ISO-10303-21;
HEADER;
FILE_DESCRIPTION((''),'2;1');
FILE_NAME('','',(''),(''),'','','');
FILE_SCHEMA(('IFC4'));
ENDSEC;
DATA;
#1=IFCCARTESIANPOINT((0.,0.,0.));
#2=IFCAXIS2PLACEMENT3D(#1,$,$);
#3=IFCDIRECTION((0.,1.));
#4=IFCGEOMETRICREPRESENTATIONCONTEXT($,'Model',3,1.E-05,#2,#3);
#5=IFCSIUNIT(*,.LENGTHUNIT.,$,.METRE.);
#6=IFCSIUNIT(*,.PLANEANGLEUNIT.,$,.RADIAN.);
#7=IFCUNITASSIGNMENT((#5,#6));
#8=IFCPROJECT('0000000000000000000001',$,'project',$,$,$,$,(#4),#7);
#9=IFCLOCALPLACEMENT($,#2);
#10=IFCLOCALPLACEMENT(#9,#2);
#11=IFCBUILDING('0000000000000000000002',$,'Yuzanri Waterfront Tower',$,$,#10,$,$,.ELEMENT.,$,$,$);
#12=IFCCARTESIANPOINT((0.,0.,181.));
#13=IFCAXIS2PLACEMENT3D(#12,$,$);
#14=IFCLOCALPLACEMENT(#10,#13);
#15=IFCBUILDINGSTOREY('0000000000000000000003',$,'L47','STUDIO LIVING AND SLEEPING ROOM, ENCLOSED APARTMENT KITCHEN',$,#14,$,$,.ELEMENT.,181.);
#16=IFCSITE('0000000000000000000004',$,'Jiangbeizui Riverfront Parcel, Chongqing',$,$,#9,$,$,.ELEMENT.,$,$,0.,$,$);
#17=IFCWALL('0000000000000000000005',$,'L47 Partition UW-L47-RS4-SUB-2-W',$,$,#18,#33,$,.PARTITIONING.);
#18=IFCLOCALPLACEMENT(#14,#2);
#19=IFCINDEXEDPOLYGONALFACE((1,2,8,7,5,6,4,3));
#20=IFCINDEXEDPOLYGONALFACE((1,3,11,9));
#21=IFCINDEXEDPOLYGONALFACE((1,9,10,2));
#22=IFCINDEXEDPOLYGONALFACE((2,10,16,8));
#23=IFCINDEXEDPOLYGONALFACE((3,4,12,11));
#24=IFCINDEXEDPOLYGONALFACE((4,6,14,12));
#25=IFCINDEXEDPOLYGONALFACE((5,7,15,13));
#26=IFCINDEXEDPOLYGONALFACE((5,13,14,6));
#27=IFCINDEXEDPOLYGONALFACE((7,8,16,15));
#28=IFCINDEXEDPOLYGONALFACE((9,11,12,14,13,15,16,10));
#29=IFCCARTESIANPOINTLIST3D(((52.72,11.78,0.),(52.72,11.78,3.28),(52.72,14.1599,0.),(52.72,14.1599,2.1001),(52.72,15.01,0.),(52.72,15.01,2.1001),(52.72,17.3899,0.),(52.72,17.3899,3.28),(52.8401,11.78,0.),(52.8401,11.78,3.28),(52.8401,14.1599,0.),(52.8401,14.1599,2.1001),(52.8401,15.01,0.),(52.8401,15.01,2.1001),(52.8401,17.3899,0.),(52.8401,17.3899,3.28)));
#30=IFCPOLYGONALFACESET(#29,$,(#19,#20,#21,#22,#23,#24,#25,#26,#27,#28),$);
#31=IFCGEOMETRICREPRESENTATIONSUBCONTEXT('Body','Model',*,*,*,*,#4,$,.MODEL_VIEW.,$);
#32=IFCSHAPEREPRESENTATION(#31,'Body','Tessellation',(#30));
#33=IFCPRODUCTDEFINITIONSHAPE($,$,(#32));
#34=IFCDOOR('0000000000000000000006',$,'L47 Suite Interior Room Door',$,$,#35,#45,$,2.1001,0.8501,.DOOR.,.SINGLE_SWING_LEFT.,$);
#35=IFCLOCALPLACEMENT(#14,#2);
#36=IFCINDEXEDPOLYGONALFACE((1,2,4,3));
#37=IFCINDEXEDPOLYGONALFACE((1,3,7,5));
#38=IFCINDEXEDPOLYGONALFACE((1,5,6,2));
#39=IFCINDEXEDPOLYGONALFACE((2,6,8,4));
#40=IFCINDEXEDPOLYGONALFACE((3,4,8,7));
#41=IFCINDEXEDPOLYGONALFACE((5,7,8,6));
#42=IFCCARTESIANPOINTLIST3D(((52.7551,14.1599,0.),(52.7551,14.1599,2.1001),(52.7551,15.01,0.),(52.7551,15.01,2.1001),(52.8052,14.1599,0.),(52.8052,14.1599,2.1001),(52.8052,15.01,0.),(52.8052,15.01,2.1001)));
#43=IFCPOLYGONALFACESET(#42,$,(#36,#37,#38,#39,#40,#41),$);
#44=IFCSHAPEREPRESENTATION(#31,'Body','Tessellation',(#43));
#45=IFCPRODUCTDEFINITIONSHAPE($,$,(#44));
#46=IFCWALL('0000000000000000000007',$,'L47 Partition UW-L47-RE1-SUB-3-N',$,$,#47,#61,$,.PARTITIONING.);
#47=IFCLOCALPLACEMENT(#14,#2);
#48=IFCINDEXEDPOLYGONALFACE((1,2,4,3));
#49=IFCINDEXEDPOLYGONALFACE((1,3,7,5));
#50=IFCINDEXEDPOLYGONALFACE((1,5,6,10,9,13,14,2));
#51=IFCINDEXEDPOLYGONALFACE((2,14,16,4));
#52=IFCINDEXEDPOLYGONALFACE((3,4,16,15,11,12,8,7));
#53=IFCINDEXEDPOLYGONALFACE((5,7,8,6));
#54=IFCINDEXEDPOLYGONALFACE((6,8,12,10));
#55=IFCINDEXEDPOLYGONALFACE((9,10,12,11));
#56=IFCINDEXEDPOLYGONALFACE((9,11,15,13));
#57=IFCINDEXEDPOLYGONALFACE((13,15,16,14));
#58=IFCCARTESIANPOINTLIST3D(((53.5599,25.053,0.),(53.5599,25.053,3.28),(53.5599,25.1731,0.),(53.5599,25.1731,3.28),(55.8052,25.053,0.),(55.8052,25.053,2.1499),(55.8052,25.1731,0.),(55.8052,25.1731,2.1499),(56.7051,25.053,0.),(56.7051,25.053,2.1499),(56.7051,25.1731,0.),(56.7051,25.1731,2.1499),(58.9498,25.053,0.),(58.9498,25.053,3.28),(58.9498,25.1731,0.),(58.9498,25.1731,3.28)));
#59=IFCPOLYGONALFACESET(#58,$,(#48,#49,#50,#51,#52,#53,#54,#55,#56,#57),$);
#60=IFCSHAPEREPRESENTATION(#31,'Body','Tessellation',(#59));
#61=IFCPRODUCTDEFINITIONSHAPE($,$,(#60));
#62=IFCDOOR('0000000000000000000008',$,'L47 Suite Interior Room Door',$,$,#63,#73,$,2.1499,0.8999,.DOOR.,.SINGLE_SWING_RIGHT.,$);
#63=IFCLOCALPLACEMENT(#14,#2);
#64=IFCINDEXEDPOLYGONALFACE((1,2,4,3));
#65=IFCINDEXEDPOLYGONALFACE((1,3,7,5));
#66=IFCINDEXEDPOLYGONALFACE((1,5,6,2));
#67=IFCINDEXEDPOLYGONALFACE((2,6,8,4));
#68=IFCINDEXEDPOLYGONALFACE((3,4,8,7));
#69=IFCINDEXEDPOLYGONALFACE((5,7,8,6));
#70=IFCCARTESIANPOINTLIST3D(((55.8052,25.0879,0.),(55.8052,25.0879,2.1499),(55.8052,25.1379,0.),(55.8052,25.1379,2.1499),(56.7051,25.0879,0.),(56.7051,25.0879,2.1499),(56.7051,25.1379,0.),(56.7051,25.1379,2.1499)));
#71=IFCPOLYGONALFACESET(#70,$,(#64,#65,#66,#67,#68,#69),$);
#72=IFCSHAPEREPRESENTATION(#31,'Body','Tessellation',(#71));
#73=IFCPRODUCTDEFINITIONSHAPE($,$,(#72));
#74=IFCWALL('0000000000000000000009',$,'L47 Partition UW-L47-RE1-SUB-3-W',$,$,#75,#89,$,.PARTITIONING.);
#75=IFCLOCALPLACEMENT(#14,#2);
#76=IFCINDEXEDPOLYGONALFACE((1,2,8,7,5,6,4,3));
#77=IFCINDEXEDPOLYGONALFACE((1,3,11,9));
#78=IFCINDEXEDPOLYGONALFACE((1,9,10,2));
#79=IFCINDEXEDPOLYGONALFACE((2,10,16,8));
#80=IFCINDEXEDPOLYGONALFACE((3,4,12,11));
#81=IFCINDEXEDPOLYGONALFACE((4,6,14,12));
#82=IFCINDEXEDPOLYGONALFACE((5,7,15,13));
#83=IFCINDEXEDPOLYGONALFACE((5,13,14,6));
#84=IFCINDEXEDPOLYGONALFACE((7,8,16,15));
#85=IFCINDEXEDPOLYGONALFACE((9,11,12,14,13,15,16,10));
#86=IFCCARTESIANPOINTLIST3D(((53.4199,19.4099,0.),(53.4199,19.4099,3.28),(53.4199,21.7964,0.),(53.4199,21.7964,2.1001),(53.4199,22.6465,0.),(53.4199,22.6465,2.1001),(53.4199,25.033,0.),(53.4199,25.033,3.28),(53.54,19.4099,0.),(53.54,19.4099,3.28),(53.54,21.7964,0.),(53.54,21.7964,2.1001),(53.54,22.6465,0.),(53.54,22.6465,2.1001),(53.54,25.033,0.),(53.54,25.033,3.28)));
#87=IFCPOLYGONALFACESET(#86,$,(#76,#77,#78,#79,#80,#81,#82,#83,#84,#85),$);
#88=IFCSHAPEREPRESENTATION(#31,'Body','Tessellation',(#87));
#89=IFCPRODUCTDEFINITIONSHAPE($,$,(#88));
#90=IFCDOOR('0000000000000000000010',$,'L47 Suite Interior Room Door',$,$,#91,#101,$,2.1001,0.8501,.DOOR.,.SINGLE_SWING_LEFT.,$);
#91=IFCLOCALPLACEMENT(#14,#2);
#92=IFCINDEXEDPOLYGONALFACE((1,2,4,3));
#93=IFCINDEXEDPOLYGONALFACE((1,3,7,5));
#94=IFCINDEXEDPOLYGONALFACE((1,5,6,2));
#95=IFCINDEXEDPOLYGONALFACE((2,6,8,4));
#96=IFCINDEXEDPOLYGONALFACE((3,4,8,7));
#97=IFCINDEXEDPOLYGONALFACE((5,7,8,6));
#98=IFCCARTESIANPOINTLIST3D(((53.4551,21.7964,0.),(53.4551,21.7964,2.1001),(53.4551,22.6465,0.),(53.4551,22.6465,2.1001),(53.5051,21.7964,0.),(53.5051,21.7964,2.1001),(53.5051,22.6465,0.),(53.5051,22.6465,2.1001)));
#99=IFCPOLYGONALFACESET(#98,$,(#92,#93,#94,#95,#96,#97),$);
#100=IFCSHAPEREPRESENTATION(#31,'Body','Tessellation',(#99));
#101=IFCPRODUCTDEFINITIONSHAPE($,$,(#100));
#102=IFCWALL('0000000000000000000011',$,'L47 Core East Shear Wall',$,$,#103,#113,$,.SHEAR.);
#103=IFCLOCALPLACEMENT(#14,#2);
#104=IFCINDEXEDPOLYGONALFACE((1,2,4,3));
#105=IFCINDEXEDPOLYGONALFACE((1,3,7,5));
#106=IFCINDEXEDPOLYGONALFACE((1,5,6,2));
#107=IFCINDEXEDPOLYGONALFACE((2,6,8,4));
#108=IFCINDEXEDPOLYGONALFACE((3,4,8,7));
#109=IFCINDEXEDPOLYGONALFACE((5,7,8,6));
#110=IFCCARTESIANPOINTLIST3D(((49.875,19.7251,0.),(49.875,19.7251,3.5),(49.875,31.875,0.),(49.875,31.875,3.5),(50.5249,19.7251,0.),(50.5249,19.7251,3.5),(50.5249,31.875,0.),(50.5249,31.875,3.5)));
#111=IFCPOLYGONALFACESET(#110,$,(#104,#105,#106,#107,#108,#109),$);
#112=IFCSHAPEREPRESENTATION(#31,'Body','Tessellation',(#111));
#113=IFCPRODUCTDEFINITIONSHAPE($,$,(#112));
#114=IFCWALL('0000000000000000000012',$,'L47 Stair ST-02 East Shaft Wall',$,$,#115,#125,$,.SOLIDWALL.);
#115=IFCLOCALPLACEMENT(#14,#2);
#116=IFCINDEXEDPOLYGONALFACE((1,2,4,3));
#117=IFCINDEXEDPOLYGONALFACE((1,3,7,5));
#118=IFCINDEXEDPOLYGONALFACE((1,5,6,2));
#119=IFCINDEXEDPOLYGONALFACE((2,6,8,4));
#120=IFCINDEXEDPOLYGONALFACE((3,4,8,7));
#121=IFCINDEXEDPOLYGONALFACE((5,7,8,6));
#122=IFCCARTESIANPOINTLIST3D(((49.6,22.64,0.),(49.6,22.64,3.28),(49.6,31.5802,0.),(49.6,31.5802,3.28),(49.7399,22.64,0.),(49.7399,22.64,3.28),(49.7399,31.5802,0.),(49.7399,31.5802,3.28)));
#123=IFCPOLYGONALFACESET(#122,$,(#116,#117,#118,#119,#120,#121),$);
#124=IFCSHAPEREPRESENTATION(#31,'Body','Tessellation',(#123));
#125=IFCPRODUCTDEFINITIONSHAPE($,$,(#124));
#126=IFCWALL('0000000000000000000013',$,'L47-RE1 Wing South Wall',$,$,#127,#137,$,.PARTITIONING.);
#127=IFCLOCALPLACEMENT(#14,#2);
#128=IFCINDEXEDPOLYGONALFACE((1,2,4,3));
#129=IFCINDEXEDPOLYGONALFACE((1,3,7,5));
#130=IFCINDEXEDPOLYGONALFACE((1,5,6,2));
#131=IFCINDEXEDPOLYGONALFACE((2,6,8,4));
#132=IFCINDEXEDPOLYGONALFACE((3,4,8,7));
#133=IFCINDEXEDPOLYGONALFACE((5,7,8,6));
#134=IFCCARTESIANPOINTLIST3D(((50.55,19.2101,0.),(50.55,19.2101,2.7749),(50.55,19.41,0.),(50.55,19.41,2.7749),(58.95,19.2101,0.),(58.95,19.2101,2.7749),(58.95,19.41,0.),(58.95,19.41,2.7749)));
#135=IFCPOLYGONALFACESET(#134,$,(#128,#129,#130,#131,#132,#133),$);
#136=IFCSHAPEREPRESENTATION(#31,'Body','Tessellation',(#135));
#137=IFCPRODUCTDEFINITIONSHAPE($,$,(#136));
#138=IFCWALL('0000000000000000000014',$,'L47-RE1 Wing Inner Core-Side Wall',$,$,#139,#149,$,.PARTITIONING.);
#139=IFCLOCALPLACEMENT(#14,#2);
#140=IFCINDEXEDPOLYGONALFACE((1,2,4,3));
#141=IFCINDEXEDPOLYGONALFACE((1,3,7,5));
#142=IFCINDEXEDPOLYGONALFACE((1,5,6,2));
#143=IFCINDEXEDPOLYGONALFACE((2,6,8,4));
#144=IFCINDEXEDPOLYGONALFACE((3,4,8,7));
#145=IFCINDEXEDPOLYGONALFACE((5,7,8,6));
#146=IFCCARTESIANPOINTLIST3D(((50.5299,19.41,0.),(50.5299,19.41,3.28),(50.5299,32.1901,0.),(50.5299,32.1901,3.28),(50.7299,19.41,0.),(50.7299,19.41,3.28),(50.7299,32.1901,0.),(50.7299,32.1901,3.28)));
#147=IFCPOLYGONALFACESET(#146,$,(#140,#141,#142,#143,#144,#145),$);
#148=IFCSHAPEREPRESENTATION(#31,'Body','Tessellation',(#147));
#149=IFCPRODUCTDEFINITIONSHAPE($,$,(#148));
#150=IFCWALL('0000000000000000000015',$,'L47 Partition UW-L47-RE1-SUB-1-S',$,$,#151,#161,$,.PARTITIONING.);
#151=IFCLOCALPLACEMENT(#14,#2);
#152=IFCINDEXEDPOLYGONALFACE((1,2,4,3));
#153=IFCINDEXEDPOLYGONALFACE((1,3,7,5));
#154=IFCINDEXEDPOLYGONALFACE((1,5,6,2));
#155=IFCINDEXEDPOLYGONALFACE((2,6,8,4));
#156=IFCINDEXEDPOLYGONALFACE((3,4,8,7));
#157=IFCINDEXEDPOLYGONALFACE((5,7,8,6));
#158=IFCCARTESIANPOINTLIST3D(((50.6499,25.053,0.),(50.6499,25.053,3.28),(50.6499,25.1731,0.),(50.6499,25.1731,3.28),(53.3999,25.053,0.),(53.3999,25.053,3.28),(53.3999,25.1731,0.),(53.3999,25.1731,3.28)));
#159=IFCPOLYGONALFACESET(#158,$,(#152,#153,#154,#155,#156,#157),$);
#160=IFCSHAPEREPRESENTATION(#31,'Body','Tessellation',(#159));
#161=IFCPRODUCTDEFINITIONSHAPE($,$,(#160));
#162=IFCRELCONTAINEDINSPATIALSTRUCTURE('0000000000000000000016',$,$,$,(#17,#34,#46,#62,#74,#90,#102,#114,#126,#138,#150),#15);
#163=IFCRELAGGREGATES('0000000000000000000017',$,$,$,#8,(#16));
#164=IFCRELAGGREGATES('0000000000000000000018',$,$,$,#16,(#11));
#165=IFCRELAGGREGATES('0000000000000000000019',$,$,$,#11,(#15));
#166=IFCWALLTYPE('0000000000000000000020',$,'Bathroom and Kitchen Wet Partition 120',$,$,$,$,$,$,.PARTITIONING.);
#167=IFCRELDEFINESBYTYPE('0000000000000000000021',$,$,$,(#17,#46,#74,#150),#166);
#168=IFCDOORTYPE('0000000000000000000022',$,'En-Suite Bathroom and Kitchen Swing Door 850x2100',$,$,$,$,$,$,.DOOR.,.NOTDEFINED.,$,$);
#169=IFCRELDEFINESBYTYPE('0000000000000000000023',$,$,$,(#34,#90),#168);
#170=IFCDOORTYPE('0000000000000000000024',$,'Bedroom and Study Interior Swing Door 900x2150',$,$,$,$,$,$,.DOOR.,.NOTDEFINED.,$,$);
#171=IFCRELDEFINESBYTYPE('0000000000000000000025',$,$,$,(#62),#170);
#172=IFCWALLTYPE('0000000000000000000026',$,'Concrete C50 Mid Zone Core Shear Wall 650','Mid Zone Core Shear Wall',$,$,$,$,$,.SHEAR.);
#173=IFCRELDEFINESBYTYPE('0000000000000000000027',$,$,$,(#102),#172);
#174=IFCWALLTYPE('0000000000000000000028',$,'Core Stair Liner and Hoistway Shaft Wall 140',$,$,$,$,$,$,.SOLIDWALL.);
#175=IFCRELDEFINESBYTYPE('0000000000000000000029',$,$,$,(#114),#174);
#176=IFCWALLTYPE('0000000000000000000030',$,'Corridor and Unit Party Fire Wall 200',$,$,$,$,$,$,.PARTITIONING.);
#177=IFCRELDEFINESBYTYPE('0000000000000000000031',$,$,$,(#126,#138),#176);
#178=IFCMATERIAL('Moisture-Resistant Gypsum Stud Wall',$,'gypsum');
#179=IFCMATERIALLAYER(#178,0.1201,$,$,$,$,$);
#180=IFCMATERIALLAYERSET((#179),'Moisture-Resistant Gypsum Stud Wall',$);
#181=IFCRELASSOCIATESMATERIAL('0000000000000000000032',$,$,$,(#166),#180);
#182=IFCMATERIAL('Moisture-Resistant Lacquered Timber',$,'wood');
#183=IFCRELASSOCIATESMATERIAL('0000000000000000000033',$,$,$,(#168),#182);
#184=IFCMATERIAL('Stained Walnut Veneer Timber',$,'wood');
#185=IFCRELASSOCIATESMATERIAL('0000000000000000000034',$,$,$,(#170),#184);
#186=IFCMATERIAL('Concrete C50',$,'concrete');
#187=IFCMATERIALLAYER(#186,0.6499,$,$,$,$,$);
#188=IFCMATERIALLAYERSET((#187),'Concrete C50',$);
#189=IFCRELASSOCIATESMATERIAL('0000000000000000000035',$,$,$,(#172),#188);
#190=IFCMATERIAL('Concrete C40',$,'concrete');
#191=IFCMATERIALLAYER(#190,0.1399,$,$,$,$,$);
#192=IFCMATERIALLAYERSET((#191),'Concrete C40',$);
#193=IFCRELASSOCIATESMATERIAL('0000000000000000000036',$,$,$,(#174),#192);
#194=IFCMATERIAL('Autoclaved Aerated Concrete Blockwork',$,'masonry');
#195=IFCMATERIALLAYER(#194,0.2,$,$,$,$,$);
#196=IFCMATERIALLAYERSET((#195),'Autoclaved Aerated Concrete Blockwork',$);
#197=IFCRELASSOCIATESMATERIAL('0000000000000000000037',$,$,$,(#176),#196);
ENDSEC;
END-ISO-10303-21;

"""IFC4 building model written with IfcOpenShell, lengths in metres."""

from ifc_helpers import new_model, si_unit, direction, frame, frame_2d, origin, place, context, subcontext, project, spatial, rectangle, extrude, source, transform, mapped, material, layer, layer_set, type_object, element, fill, save


model = new_model("IFC4")

# Units and contexts
model_context = context("Model", 3, precision=1e-05, world=origin(), true_north=direction((0.0, 1.0)))
body_context = subcontext(model_context, "Body", "Model", "MODEL_VIEW")
ifc_project = project(units=[si_unit("LENGTHUNIT", "METRE"), si_unit("PLANEANGLEUNIT", "RADIAN")], contexts=[model_context])

# Site, building, storey
site_placement = place(None, origin())
site = spatial("IfcSite", under=ifc_project, at=site_placement, Name="Jiangbeizui Riverfront Parcel, Chongqing", CompositionType="ELEMENT", RefElevation=0.0)
building_placement = place(site_placement, origin())
building = spatial("IfcBuilding", under=site, at=building_placement, Name="Yuzanri Waterfront Tower", CompositionType="ELEMENT")
storey_placement = place(building_placement, frame((0.0, 0.0, 181.0)))
storey = spatial("IfcBuildingStorey", under=building, at=storey_placement, Name="L47", Description="STUDIO LIVING AND SLEEPING ROOM, ENCLOSED APARTMENT KITCHEN", CompositionType="ELEMENT", Elevation=181.0)

# Walls, openings, doors
ifc_material_1 = material(Name="Moisture-Resistant Gypsum Stud Wall", Category="gypsum")
ifc_layer_1 = layer(ifc_material_1, 0.1201)
ifc_layer_set_1 = layer_set([ifc_layer_1], Name="Moisture-Resistant Gypsum Stud Wall")
wall_type_1 = type_object("IfcWallType", Name="Bathroom and Kitchen Wet Partition 120", PredefinedType="PARTITIONING", material=ifc_layer_set_1)
wall_1_placement = place(storey_placement, frame((52.78, 11.78, 0.0), z_axis=(0.0, 0.0, 1.0), x_axis=(0.0, 1.0, 0.0)))
wall_1 = element("IfcWall", 1, at=wall_1_placement, inside=storey, type_object=wall_type_1, Name="L47 Partition UW-L47-RS4-SUB-2-W", PredefinedType="PARTITIONING", context=body_context, shape_type="SweptSolid", body=[
    extrude(rectangle(XDim=5.6099, YDim=0.1201, at=frame_2d((2.8049, 0.0))), origin(), (0.0, 0.0, 1.0), 3.28),
])
opening_1_placement = place(wall_1_placement, frame((2.3799, 0.0, 0.0)))
opening_1 = element("IfcOpeningElement", 2, at=opening_1_placement, cuts=wall_1, PredefinedType="OPENING", context=body_context, shape_type="SweptSolid", body=[
    extrude(rectangle(XDim=0.8501, YDim=2.1001, at=frame_2d((0.425, 1.05))), frame((0.0, 0.075, 0.0), z_axis=(0.0, -1.0, 0.0), x_axis=(1.0, 0.0, 0.0)), (0.0, 0.0, 1.0), 0.1499),
])
ifc_material_2 = material(Name="Moisture-Resistant Lacquered Timber", Category="wood")
door_type_1 = type_object("IfcDoorType", Name="En-Suite Bathroom and Kitchen Swing Door 850x2100", OperationType="NOTDEFINED", PredefinedType="DOOR", material=ifc_material_2)
shared_shape_1 = source(origin(), body_context, "Body", "SweptSolid", [
    extrude(rectangle(XDim=0.8501, YDim=2.1001, at=frame_2d((0.425, 1.05))), frame((0.0, 0.0249, 0.0), z_axis=(0.0, -1.0, 0.0), x_axis=(1.0, 0.0, 0.0)), (0.0, 0.0, 1.0), 0.05),
])
door_1_placement = place(opening_1_placement, origin())
door_1 = element("IfcDoor", 3, at=door_1_placement, inside=storey, type_object=door_type_1, Name="L47 Suite Interior Room Door", OperationType="SINGLE_SWING_LEFT", OverallHeight=2.1001, OverallWidth=0.8501, PredefinedType="DOOR", context=body_context, shape_type="MappedRepresentation", body=[
    mapped(shared_shape_1, transform((0.0, 0.0, 0.0), scale=1.0)),
])
fill(opening_1, door_1)
wall_2_placement = place(storey_placement, frame((53.5601, 25.113, 0.0), z_axis=(0.0, 0.0, 1.0), x_axis=(1.0, 0.0, 0.0)))
wall_2 = element("IfcWall", 4, at=wall_2_placement, inside=storey, type_object=wall_type_1, Name="L47 Partition UW-L47-RE1-SUB-3-N", PredefinedType="PARTITIONING", context=body_context, shape_type="SweptSolid", body=[
    extrude(rectangle(XDim=5.3899, YDim=0.1201, at=frame_2d((2.6948, 0.0))), origin(), (0.0, 0.0, 1.0), 3.28),
])
opening_2_placement = place(wall_2_placement, frame((2.2451, 0.0, 0.0)))
opening_2 = element("IfcOpeningElement", 5, at=opening_2_placement, cuts=wall_2, PredefinedType="OPENING", context=body_context, shape_type="SweptSolid", body=[
    extrude(rectangle(XDim=0.8999, YDim=2.1499, at=frame_2d((0.45, 1.075))), frame((0.0, 0.075, 0.0), z_axis=(0.0, -1.0, 0.0), x_axis=(1.0, 0.0, 0.0)), (0.0, 0.0, 1.0), 0.1499),
])
ifc_material_3 = material(Name="Stained Walnut Veneer Timber", Category="wood")
door_type_2 = type_object("IfcDoorType", Name="Bedroom and Study Interior Swing Door 900x2150", OperationType="NOTDEFINED", PredefinedType="DOOR", material=ifc_material_3)
shared_shape_2 = source(origin(), body_context, "Body", "SweptSolid", [
    extrude(rectangle(XDim=0.8999, YDim=2.1499, at=frame_2d((0.45, 1.075))), frame((0.0, 0.0249, 0.0), z_axis=(0.0, -1.0, 0.0), x_axis=(1.0, 0.0, 0.0)), (0.0, 0.0, 1.0), 0.05),
])
door_2_placement = place(opening_2_placement, origin())
door_2 = element("IfcDoor", 6, at=door_2_placement, inside=storey, type_object=door_type_2, Name="L47 Suite Interior Room Door", OperationType="SINGLE_SWING_RIGHT", OverallHeight=2.1499, OverallWidth=0.8999, PredefinedType="DOOR", context=body_context, shape_type="MappedRepresentation", body=[
    mapped(shared_shape_2, transform((0.0, 0.0, 0.0), scale=1.0)),
])
fill(opening_2, door_2)
wall_3_placement = place(storey_placement, frame((53.48, 19.4099, 0.0), z_axis=(0.0, 0.0, 1.0), x_axis=(0.0, 1.0, 0.0)))
wall_3 = element("IfcWall", 7, at=wall_3_placement, inside=storey, type_object=wall_type_1, Name="L47 Partition UW-L47-RE1-SUB-3-W", PredefinedType="PARTITIONING", context=body_context, shape_type="SweptSolid", body=[
    extrude(rectangle(XDim=5.623, YDim=0.1201, at=frame_2d((2.8115, 0.0))), origin(), (0.0, 0.0, 1.0), 3.28),
])
opening_3_placement = place(wall_3_placement, frame((2.3865, 0.0, 0.0)))
opening_3 = element("IfcOpeningElement", 8, at=opening_3_placement, cuts=wall_3, PredefinedType="OPENING", context=body_context, shape_type="SweptSolid", body=[
    extrude(rectangle(XDim=0.8501, YDim=2.1001, at=frame_2d((0.425, 1.05))), frame((0.0, 0.075, 0.0), z_axis=(0.0, -1.0, 0.0), x_axis=(1.0, 0.0, 0.0)), (0.0, 0.0, 1.0), 0.1499),
])
door_3_placement = place(opening_3_placement, origin())
door_3 = element("IfcDoor", 9, at=door_3_placement, inside=storey, type_object=door_type_1, Name="L47 Suite Interior Room Door", OperationType="SINGLE_SWING_LEFT", OverallHeight=2.1001, OverallWidth=0.8501, PredefinedType="DOOR", context=body_context, shape_type="MappedRepresentation", body=[
    mapped(shared_shape_1, transform((0.0, 0.0, 0.0), scale=1.0)),
])
fill(opening_3, door_3)

# Walls
ifc_material_4 = material(Name="Concrete C50", Category="concrete")
ifc_layer_2 = layer(ifc_material_4, 0.6499)
ifc_layer_set_2 = layer_set([ifc_layer_2], Name="Concrete C50")
wall_type_2 = type_object("IfcWallType", Name="Concrete C50 Mid Zone Core Shear Wall 650", Description="Mid Zone Core Shear Wall", PredefinedType="SHEAR", material=ifc_layer_set_2)
shared_shape_3 = source(origin(), body_context, "Body", "SweptSolid", [
    extrude(rectangle(XDim=12.1499, YDim=0.6499, at=frame_2d((6.075, 0.0))), origin(), (0.0, 0.0, 1.0), 3.5),
])
wall_4_placement = place(storey_placement, frame((50.2, 19.7251, 0.0), z_axis=(0.0, 0.0, 1.0), x_axis=(0.0, 1.0, 0.0)))
element("IfcWall", 10, at=wall_4_placement, inside=storey, type_object=wall_type_2, Name="L47 Core East Shear Wall", PredefinedType="SHEAR", context=body_context, shape_type="MappedRepresentation", body=[
    mapped(shared_shape_3, transform((0.0, 0.0, 0.0), scale=1.0)),
])
ifc_material_5 = material(Name="Concrete C40", Category="concrete")
ifc_layer_3 = layer(ifc_material_5, 0.1399)
ifc_layer_set_3 = layer_set([ifc_layer_3], Name="Concrete C40")
wall_type_3 = type_object("IfcWallType", Name="Core Stair Liner and Hoistway Shaft Wall 140", PredefinedType="SOLIDWALL", material=ifc_layer_set_3)
shared_shape_4 = source(origin(), body_context, "Body", "SweptSolid", [
    extrude(rectangle(XDim=8.9402, YDim=0.1399, at=frame_2d((4.4702, 0.0))), origin(), (0.0, 0.0, 1.0), 3.28),
])
wall_5_placement = place(storey_placement, frame((49.6699, 22.6399, 0.0), z_axis=(0.0, 0.0, 1.0), x_axis=(0.0, 1.0, 0.0)))
element("IfcWall", 11, at=wall_5_placement, inside=storey, type_object=wall_type_3, Name="L47 Stair ST-02 East Shaft Wall", PredefinedType="SOLIDWALL", context=body_context, shape_type="MappedRepresentation", body=[
    mapped(shared_shape_4, transform((0.0, 0.0, 0.0), scale=1.0)),
])
ifc_material_6 = material(Name="Autoclaved Aerated Concrete Blockwork", Category="masonry")
ifc_layer_4 = layer(ifc_material_6, 0.2)
ifc_layer_set_4 = layer_set([ifc_layer_4], Name="Autoclaved Aerated Concrete Blockwork")
wall_type_4 = type_object("IfcWallType", Name="Corridor and Unit Party Fire Wall 200", PredefinedType="PARTITIONING", material=ifc_layer_set_4)
shared_shape_5 = source(origin(), body_context, "Body", "SweptSolid", [
    extrude(rectangle(XDim=8.3999, YDim=0.2, at=frame_2d((4.2, 0.0))), origin(), (0.0, 0.0, 1.0), 2.7749),
])
wall_6_placement = place(storey_placement, frame((50.55, 19.3101, 0.0), z_axis=(0.0, 0.0, 1.0), x_axis=(1.0, 0.0, 0.0)))
element("IfcWall", 12, at=wall_6_placement, inside=storey, type_object=wall_type_4, Name="L47-RE1 Wing South Wall", PredefinedType="PARTITIONING", context=body_context, shape_type="MappedRepresentation", body=[
    mapped(shared_shape_5, transform((0.0, 0.0, 0.0), scale=1.0)),
])
shared_shape_6 = source(origin(), body_context, "Body", "SweptSolid", [
    extrude(rectangle(XDim=12.78, YDim=0.2, at=frame_2d((6.3901, 0.0))), origin(), (0.0, 0.0, 1.0), 3.28),
])
wall_7_placement = place(storey_placement, frame((50.6299, 19.4099, 0.0), z_axis=(0.0, 0.0, 1.0), x_axis=(0.0, 1.0, 0.0)))
element("IfcWall", 13, at=wall_7_placement, inside=storey, type_object=wall_type_4, Name="L47-RE1 Wing Inner Core-Side Wall", PredefinedType="PARTITIONING", context=body_context, shape_type="MappedRepresentation", body=[
    mapped(shared_shape_6, transform((0.0, 0.0, 0.0), scale=1.0)),
])
shared_shape_7 = source(origin(), body_context, "Body", "SweptSolid", [
    extrude(rectangle(XDim=2.75, YDim=0.1201, at=frame_2d((1.375, 0.0))), origin(), (0.0, 0.0, 1.0), 3.28),
])
wall_8_placement = place(storey_placement, frame((50.6499, 25.113, 0.0), z_axis=(0.0, 0.0, 1.0), x_axis=(1.0, 0.0, 0.0)))
element("IfcWall", 14, at=wall_8_placement, inside=storey, type_object=wall_type_1, Name="L47 Partition UW-L47-RE1-SUB-1-S", PredefinedType="PARTITIONING", context=body_context, shape_type="MappedRepresentation", body=[
    mapped(shared_shape_7, transform((0.0, 0.0, 0.0), scale=1.0)),
])

save(model, "model.ifc")
